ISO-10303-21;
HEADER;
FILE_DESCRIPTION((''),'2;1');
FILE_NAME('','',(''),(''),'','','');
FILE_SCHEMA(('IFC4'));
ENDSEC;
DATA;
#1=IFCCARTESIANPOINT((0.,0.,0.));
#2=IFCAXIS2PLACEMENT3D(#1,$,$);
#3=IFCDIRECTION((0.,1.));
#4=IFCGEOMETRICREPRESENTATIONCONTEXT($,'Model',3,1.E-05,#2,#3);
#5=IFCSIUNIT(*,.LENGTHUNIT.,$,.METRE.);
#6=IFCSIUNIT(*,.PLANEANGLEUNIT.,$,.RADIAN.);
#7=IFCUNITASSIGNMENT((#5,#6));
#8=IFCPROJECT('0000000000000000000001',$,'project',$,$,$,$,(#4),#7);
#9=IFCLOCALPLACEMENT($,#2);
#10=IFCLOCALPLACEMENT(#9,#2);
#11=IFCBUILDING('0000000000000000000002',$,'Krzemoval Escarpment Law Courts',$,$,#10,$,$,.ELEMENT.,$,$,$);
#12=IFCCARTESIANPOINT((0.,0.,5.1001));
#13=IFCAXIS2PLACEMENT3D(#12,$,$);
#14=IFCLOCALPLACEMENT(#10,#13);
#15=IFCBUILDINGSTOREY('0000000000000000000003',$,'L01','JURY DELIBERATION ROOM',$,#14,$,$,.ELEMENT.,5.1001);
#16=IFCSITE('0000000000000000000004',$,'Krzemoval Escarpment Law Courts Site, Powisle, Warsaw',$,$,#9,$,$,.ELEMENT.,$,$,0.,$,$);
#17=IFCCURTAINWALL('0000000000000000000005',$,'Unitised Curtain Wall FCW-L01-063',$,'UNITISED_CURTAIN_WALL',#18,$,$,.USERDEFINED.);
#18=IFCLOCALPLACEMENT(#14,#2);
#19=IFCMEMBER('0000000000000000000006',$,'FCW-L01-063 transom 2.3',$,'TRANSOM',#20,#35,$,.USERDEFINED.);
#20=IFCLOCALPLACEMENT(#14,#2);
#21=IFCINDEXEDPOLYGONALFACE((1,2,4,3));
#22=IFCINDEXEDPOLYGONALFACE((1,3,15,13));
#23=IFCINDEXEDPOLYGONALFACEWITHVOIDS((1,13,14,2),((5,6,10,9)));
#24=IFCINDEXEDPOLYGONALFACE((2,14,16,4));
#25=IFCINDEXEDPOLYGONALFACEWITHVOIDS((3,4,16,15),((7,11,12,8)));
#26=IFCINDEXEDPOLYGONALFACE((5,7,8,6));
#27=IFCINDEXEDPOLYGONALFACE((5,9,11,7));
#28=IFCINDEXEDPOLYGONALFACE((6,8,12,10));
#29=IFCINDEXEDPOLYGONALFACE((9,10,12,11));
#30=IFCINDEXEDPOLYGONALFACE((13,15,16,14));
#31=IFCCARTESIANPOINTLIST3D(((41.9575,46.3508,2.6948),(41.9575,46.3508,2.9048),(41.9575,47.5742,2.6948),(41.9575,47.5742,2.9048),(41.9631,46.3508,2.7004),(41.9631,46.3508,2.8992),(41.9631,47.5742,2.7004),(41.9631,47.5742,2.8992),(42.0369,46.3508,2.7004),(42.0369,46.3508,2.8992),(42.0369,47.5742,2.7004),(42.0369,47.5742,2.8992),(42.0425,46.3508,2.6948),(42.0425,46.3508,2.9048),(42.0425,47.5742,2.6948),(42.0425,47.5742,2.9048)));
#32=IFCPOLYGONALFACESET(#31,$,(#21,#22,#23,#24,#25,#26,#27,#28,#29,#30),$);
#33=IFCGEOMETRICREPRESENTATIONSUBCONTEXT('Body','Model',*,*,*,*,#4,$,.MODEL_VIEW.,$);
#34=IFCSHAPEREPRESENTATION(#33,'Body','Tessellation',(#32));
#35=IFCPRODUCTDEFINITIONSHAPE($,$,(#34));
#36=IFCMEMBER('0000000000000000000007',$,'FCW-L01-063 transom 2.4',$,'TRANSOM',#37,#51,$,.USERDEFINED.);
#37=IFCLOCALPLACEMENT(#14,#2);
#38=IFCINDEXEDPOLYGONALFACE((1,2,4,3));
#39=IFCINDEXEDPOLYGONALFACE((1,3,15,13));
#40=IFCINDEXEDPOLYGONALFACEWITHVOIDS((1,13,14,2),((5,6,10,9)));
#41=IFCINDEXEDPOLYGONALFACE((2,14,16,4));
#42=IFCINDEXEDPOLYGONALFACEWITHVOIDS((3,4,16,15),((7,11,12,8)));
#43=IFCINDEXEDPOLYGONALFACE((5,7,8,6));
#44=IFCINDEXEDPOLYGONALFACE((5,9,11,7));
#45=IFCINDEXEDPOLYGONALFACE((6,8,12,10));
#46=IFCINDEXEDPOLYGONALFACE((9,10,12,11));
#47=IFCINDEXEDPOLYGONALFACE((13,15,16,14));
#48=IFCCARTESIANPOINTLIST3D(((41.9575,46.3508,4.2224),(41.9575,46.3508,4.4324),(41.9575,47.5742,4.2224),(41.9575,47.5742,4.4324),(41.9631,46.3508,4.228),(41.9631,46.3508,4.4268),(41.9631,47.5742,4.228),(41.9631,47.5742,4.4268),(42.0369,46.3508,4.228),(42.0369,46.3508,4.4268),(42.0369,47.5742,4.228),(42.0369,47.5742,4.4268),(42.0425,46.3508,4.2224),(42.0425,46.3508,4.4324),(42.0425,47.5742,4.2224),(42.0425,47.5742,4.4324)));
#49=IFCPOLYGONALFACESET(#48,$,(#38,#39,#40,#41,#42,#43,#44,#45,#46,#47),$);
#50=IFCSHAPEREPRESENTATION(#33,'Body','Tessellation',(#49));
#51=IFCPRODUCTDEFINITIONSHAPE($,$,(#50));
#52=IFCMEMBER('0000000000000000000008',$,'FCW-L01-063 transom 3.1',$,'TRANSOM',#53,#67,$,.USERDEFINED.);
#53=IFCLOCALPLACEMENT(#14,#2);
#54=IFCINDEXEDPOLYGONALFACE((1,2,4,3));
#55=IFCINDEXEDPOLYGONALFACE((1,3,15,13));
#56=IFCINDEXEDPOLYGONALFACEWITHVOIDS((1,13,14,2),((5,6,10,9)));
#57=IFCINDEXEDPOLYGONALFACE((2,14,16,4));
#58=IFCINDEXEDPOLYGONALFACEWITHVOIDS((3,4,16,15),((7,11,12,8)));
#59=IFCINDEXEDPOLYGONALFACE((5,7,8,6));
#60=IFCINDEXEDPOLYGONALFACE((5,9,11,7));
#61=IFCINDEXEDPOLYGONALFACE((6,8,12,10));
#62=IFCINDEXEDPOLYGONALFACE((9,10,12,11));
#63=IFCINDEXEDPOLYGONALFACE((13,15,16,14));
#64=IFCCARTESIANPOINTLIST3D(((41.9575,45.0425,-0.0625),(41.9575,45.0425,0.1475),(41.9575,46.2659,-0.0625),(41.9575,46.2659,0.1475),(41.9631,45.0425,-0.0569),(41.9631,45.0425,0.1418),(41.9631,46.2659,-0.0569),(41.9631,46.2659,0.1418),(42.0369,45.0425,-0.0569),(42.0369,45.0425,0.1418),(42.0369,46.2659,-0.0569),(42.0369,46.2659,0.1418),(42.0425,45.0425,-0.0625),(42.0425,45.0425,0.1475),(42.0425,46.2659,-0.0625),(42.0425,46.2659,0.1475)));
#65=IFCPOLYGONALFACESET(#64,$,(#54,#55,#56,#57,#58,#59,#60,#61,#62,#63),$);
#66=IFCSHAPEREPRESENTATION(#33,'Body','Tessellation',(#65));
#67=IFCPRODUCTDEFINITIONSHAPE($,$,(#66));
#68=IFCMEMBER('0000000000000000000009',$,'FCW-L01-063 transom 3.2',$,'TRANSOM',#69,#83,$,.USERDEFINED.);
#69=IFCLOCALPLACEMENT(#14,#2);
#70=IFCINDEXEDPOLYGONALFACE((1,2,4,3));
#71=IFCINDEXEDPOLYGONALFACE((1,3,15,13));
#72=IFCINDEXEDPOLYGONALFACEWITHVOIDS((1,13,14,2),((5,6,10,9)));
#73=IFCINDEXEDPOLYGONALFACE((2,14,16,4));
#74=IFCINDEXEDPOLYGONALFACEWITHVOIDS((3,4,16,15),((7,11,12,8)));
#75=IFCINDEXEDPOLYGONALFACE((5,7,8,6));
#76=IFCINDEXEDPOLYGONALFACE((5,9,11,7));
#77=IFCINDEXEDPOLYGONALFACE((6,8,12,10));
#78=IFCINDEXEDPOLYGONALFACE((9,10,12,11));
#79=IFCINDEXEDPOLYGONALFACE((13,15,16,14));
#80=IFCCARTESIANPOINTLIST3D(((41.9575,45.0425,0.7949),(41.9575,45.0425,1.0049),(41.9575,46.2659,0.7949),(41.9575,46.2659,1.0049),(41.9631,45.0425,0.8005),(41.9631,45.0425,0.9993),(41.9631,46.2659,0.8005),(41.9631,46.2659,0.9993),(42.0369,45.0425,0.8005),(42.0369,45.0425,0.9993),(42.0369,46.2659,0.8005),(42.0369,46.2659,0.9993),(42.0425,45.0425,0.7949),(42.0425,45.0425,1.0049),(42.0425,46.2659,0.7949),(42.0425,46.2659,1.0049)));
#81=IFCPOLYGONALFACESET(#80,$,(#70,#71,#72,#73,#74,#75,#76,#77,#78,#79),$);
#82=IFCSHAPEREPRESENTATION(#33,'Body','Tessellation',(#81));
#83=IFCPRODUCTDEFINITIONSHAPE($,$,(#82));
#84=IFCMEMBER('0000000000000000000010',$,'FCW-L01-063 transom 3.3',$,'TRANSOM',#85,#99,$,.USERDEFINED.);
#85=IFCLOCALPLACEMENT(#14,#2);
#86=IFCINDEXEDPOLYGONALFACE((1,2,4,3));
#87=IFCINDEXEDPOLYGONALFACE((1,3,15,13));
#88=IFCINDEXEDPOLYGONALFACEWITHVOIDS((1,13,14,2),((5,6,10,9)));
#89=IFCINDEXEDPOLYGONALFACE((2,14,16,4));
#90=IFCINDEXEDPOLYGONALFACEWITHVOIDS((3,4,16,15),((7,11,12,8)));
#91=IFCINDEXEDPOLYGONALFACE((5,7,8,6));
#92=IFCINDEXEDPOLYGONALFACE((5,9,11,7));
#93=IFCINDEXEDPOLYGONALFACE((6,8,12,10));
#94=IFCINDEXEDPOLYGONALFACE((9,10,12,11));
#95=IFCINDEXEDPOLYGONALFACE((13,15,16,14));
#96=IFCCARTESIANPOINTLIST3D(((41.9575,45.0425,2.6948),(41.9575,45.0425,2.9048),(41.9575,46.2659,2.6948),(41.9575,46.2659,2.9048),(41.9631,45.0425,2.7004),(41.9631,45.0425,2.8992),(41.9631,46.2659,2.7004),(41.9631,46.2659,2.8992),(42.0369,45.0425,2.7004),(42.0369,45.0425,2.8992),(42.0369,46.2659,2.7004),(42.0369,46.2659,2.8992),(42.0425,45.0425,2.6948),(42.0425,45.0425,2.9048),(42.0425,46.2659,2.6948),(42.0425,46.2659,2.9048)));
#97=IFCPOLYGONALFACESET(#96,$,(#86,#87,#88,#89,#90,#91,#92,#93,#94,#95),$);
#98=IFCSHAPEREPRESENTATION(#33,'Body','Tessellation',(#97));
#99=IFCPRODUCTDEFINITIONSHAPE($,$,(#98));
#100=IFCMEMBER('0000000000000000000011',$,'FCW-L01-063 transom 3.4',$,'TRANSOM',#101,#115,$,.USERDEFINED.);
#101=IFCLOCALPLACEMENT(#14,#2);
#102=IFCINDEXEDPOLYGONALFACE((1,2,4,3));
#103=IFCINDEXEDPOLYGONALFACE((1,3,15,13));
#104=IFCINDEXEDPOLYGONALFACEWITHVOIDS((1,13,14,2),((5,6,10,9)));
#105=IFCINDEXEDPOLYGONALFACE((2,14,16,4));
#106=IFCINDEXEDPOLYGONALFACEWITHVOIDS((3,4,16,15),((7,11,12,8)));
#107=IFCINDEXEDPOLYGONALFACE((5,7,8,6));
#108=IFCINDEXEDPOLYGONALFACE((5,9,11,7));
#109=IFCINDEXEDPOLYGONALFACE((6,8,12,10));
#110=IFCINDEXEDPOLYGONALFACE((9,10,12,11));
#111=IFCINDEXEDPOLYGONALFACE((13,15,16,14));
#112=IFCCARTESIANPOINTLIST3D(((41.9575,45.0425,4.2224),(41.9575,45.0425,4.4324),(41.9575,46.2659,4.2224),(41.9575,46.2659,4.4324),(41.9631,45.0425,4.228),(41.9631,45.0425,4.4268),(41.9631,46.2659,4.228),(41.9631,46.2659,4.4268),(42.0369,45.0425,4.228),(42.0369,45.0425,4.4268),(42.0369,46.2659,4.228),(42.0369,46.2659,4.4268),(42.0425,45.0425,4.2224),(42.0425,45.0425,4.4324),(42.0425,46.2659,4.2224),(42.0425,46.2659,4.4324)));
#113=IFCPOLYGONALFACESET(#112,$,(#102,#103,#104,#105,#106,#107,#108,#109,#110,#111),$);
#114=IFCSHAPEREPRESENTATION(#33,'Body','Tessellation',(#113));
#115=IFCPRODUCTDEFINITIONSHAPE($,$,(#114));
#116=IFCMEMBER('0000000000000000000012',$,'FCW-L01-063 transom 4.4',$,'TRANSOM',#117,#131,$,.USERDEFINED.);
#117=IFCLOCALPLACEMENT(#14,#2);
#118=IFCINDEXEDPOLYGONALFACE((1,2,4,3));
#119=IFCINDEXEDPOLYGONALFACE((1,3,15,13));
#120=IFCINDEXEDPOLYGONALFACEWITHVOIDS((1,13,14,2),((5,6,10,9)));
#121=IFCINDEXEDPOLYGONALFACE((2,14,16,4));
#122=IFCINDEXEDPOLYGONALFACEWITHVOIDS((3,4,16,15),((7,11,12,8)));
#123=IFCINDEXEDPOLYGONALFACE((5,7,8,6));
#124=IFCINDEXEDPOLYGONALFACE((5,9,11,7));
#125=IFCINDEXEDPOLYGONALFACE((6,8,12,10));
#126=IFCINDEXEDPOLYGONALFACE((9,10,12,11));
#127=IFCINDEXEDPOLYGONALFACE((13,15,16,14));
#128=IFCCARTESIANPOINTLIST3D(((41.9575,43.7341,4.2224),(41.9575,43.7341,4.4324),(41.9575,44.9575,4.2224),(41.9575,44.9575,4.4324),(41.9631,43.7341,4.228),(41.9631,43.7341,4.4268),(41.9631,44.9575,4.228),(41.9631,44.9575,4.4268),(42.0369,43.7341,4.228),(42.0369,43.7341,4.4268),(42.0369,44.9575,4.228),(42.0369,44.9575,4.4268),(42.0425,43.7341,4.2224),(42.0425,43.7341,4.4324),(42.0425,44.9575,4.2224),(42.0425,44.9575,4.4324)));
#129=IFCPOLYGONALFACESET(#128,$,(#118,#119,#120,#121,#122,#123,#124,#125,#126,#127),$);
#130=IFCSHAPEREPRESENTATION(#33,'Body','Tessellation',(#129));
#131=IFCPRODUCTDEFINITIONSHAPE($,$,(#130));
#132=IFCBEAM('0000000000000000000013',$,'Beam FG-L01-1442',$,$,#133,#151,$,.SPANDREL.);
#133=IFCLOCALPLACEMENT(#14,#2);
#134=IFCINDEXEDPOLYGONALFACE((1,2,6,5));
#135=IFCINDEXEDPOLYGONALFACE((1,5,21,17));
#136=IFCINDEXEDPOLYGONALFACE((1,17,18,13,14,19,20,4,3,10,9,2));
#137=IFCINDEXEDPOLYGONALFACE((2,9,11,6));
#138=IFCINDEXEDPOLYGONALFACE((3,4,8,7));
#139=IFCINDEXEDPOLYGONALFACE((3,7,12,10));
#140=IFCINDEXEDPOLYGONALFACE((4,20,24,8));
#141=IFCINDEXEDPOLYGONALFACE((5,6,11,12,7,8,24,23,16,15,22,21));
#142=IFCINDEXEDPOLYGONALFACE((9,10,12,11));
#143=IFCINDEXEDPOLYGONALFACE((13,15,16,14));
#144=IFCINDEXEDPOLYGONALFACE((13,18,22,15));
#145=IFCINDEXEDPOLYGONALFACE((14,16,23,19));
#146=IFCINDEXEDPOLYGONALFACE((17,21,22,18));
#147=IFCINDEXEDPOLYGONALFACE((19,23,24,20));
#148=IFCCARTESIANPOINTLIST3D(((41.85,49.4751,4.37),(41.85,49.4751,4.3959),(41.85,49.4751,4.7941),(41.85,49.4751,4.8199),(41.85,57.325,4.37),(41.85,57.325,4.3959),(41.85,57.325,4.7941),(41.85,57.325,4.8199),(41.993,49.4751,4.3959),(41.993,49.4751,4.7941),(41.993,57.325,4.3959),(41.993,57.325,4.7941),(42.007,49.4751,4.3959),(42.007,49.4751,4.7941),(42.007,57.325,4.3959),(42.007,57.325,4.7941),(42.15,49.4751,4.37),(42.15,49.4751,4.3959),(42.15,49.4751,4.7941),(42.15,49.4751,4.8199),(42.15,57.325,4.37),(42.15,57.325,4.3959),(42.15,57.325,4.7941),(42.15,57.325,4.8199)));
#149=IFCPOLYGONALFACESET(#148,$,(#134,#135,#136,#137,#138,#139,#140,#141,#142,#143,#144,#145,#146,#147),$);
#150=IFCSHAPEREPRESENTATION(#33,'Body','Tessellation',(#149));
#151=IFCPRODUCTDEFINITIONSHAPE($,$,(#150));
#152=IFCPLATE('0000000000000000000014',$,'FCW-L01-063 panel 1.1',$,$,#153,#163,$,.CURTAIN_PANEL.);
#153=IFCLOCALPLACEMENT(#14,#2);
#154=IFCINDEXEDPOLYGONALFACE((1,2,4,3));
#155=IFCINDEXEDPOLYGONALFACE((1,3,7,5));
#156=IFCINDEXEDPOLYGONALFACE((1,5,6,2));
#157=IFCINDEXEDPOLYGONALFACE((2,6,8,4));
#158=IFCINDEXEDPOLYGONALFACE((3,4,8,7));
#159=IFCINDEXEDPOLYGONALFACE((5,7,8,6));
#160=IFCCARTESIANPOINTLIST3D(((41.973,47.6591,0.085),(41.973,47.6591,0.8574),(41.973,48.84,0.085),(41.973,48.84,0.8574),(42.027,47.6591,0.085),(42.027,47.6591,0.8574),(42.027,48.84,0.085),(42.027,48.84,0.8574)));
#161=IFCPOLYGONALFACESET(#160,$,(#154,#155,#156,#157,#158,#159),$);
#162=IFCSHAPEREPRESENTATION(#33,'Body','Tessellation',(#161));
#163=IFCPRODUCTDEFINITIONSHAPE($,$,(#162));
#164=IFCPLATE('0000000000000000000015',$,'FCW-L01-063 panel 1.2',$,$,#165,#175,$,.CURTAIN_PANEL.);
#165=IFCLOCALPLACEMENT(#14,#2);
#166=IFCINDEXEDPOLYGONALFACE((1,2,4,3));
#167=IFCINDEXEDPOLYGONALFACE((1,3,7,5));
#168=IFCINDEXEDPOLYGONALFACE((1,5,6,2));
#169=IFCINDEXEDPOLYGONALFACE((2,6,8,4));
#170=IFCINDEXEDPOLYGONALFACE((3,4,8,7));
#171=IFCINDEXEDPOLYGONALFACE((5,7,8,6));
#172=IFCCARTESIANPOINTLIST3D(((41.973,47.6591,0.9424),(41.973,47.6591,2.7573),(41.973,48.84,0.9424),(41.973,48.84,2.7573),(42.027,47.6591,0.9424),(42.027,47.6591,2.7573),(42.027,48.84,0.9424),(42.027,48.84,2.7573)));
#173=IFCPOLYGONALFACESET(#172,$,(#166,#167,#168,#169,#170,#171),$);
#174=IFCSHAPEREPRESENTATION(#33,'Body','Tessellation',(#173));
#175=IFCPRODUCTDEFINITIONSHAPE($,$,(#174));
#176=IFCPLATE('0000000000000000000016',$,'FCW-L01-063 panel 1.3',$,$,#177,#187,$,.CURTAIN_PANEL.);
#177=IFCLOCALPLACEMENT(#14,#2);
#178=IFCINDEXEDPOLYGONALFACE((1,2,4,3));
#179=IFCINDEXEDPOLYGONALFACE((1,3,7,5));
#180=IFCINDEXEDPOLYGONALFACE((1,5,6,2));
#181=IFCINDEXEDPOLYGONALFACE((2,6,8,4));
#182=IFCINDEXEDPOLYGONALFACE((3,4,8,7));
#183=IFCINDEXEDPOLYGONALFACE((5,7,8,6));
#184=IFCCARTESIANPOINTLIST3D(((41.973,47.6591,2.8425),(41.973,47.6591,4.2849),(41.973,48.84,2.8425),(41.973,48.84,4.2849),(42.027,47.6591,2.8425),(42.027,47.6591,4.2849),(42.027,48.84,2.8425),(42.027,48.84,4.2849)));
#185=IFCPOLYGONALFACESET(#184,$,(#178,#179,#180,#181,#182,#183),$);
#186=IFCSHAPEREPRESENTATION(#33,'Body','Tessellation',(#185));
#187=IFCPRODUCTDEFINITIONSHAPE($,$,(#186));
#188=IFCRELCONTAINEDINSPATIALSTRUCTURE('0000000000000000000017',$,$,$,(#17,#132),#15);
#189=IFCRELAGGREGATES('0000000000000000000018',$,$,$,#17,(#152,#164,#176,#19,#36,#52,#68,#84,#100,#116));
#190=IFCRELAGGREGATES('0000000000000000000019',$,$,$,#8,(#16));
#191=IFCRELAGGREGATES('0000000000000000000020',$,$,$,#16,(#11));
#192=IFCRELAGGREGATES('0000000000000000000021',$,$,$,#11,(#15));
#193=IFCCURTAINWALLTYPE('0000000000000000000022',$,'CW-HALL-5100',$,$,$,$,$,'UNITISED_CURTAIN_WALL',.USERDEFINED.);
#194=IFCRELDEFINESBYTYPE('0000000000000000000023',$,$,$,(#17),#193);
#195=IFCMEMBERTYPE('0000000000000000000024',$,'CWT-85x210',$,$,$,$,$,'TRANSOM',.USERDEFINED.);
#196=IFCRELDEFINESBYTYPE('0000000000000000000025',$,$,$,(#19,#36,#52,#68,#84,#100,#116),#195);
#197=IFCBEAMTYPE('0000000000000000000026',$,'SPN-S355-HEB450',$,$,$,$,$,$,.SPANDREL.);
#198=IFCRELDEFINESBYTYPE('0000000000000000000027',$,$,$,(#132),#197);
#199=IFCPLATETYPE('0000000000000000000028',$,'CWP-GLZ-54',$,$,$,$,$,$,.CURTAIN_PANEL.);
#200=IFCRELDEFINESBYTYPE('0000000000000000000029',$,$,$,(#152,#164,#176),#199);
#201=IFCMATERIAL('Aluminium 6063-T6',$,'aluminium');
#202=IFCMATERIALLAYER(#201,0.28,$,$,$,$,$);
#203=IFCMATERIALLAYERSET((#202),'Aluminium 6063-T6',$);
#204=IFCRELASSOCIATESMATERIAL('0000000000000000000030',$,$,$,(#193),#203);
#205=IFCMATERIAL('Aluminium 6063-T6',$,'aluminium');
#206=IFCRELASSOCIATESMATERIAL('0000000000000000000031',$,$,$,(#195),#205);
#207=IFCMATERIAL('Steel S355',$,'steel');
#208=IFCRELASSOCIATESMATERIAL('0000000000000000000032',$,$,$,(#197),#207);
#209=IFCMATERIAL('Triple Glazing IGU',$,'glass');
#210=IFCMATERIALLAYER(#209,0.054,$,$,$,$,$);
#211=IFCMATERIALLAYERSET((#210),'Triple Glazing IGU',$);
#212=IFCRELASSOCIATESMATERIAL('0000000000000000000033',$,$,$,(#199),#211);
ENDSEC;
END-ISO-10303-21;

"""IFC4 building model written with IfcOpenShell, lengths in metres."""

from ifc_helpers import new_model, si_unit, direction, frame, origin, origin_2d, place, context, subcontext, project, spatial, rectangle, hollow_rectangle, i_section, extrude, material, layer, layer_set, material_profile, profile_set, type_object, element, aggregate, save


model = new_model("IFC4")

# Units and contexts
model_context = context("Model", 3, precision=1e-05, world=origin(), true_north=direction((0.0, 1.0)))
body_context = subcontext(model_context, "Body", "Model", "MODEL_VIEW")
ifc_project = project(units=[si_unit("LENGTHUNIT", "METRE"), si_unit("PLANEANGLEUNIT", "RADIAN")], contexts=[model_context])

# Site, building, storey
site_placement = place(None, origin())
site = spatial("IfcSite", under=ifc_project, at=site_placement, Name="Krzemoval Escarpment Law Courts Site, Powisle, Warsaw", CompositionType="ELEMENT", RefElevation=0.0)
building_placement = place(site_placement, origin())
building = spatial("IfcBuilding", under=site, at=building_placement, Name="Krzemoval Escarpment Law Courts", CompositionType="ELEMENT")
storey_placement = place(building_placement, frame((0.0, 0.0, 5.1001)))
storey = spatial("IfcBuildingStorey", under=building, at=storey_placement, Name="L01", Description="JURY DELIBERATION ROOM", CompositionType="ELEMENT", Elevation=5.1001)

# Curtain wall, members
ifc_material_1 = material(Name="Aluminium 6063-T6", Category="aluminium")
ifc_layer_1 = layer(ifc_material_1, 0.28)
ifc_layer_set_1 = layer_set([ifc_layer_1], Name="Aluminium 6063-T6")
curtain_wall_type = type_object("IfcCurtainWallType", Name="CW-HALL-5100", ElementType="UNITISED_CURTAIN_WALL", PredefinedType="USERDEFINED", material=ifc_layer_set_1)
curtain_wall_placement = place(storey_placement, origin())
curtain_wall = element("IfcCurtainWall", 1, at=curtain_wall_placement, inside=storey, type_object=curtain_wall_type, Name="Unitised Curtain Wall FCW-L01-063", ObjectType="UNITISED_CURTAIN_WALL", PredefinedType="USERDEFINED")
ifc_material_2 = material(Name="Aluminium 6063-T6", Category="aluminium")
ifc_material_profile_1 = material_profile(ifc_material_2, hollow_rectangle(XDim=0.085, YDim=0.21, WallThickness=0.0056, at=origin_2d()), Name="ALU T85x210")
ifc_profile_set_1 = profile_set([ifc_material_profile_1], Name="Aluminium 6063-T6")
member_type_1 = type_object("IfcMemberType", Name="CWT-85x210", ElementType="TRANSOM", PredefinedType="USERDEFINED", material=ifc_profile_set_1)
member_1_placement = place(storey_placement, frame((42.0, 47.5742, 2.7998), z_axis=(0.0, -1.0, 0.0), x_axis=(1.0, 0.0, 0.0)))
member_1 = element("IfcMember", 2, at=member_1_placement, type_object=member_type_1, Name="FCW-L01-063 transom 2.3", ObjectType="TRANSOM", PredefinedType="USERDEFINED", context=body_context, shape_type="SweptSolid", body=[
    extrude(hollow_rectangle(XDim=0.085, YDim=0.21, WallThickness=0.0056, at=origin_2d()), origin(), (0.0, 0.0, 1.0), 1.2234),
])
member_2_placement = place(storey_placement, frame((42.0, 47.5742, 4.3274), z_axis=(0.0, -1.0, 0.0), x_axis=(1.0, 0.0, 0.0)))
member_2 = element("IfcMember", 3, at=member_2_placement, type_object=member_type_1, Name="FCW-L01-063 transom 2.4", ObjectType="TRANSOM", PredefinedType="USERDEFINED", context=body_context, shape_type="SweptSolid", body=[
    extrude(hollow_rectangle(XDim=0.085, YDim=0.21, WallThickness=0.0056, at=origin_2d()), origin(), (0.0, 0.0, 1.0), 1.2234),
])
member_3_placement = place(storey_placement, frame((42.0, 46.2659, 0.0425), z_axis=(0.0, -1.0, 0.0), x_axis=(1.0, 0.0, 0.0)))
member_3 = element("IfcMember", 4, at=member_3_placement, type_object=member_type_1, Name="FCW-L01-063 transom 3.1", ObjectType="TRANSOM", PredefinedType="USERDEFINED", context=body_context, shape_type="SweptSolid", body=[
    extrude(hollow_rectangle(XDim=0.085, YDim=0.21, WallThickness=0.0056, at=origin_2d()), origin(), (0.0, 0.0, 1.0), 1.2234),
])
member_4_placement = place(storey_placement, frame((42.0, 46.2659, 0.8999), z_axis=(0.0, -1.0, 0.0), x_axis=(1.0, 0.0, 0.0)))
member_4 = element("IfcMember", 5, at=member_4_placement, type_object=member_type_1, Name="FCW-L01-063 transom 3.2", ObjectType="TRANSOM", PredefinedType="USERDEFINED", context=body_context, shape_type="SweptSolid", body=[
    extrude(hollow_rectangle(XDim=0.085, YDim=0.21, WallThickness=0.0056, at=origin_2d()), origin(), (0.0, 0.0, 1.0), 1.2234),
])
member_5_placement = place(storey_placement, frame((42.0, 46.2659, 2.7998), z_axis=(0.0, -1.0, 0.0), x_axis=(1.0, 0.0, 0.0)))
member_5 = element("IfcMember", 6, at=member_5_placement, type_object=member_type_1, Name="FCW-L01-063 transom 3.3", ObjectType="TRANSOM", PredefinedType="USERDEFINED", context=body_context, shape_type="SweptSolid", body=[
    extrude(hollow_rectangle(XDim=0.085, YDim=0.21, WallThickness=0.0056, at=origin_2d()), origin(), (0.0, 0.0, 1.0), 1.2234),
])
member_6_placement = place(storey_placement, frame((42.0, 46.2659, 4.3274), z_axis=(0.0, -1.0, 0.0), x_axis=(1.0, 0.0, 0.0)))
member_6 = element("IfcMember", 7, at=member_6_placement, type_object=member_type_1, Name="FCW-L01-063 transom 3.4", ObjectType="TRANSOM", PredefinedType="USERDEFINED", context=body_context, shape_type="SweptSolid", body=[
    extrude(hollow_rectangle(XDim=0.085, YDim=0.21, WallThickness=0.0056, at=origin_2d()), origin(), (0.0, 0.0, 1.0), 1.2234),
])
member_7_placement = place(storey_placement, frame((42.0, 44.9575, 4.3274), z_axis=(0.0, -1.0, 0.0), x_axis=(1.0, 0.0, 0.0)))
member_7 = element("IfcMember", 8, at=member_7_placement, type_object=member_type_1, Name="FCW-L01-063 transom 4.4", ObjectType="TRANSOM", PredefinedType="USERDEFINED", context=body_context, shape_type="SweptSolid", body=[
    extrude(hollow_rectangle(XDim=0.085, YDim=0.21, WallThickness=0.0056, at=origin_2d()), origin(), (0.0, 0.0, 1.0), 1.2234),
])

# Beam
ifc_material_3 = material(Name="Steel S355", Category="steel")
ifc_material_profile_2 = material_profile(ifc_material_3, i_section(OverallWidth=0.3, OverallDepth=0.45, WebThickness=0.0139, FlangeThickness=0.0259, at=origin_2d()), Name="HEB 450")
ifc_profile_set_2 = profile_set([ifc_material_profile_2], Name="Steel S355")
beam_type = type_object("IfcBeamType", Name="SPN-S355-HEB450", PredefinedType="SPANDREL", material=ifc_profile_set_2)
beam_placement = place(storey_placement, frame((42.0, 49.4751, 4.595), z_axis=(0.0, 1.0, 0.0), x_axis=(-1.0, 0.0, 0.0)))
element("IfcBeam", 9, at=beam_placement, inside=storey, type_object=beam_type, Name="Beam FG-L01-1442", PredefinedType="SPANDREL", context=body_context, shape_type="SweptSolid", body=[
    extrude(i_section(OverallWidth=0.3, OverallDepth=0.45, WebThickness=0.0139, FlangeThickness=0.0259, at=origin_2d()), origin(), (0.0, 0.0, 1.0), 7.8499),
])

# Plates
ifc_material_4 = material(Name="Triple Glazing IGU", Category="glass")
ifc_layer_2 = layer(ifc_material_4, 0.054)
ifc_layer_set_2 = layer_set([ifc_layer_2], Name="Triple Glazing IGU")
plate_type = type_object("IfcPlateType", Name="CWP-GLZ-54", PredefinedType="CURTAIN_PANEL", material=ifc_layer_set_2)
plate_1_placement = place(storey_placement, frame((42.0, 48.2495, 0.085), z_axis=(0.0, 0.0, 1.0), x_axis=(0.0, -1.0, 0.0)))
plate_1 = element("IfcPlate", 10, at=plate_1_placement, type_object=plate_type, Name="FCW-L01-063 panel 1.1", PredefinedType="CURTAIN_PANEL", context=body_context, shape_type="SweptSolid", body=[
    extrude(rectangle(XDim=1.1809, YDim=0.054, at=origin_2d()), origin(), (0.0, 0.0, 1.0), 0.7725),
])
plate_2_placement = place(storey_placement, frame((42.0, 48.2495, 0.9424), z_axis=(0.0, 0.0, 1.0), x_axis=(0.0, -1.0, 0.0)))
plate_2 = element("IfcPlate", 11, at=plate_2_placement, type_object=plate_type, Name="FCW-L01-063 panel 1.2", PredefinedType="CURTAIN_PANEL", context=body_context, shape_type="SweptSolid", body=[
    extrude(rectangle(XDim=1.1809, YDim=0.054, at=origin_2d()), origin(), (0.0, 0.0, 1.0), 1.8149),
])
plate_3_placement = place(storey_placement, frame((42.0, 48.2495, 2.8425), z_axis=(0.0, 0.0, 1.0), x_axis=(0.0, -1.0, 0.0)))
plate_3 = element("IfcPlate", 12, at=plate_3_placement, type_object=plate_type, Name="FCW-L01-063 panel 1.3", PredefinedType="CURTAIN_PANEL", context=body_context, shape_type="SweptSolid", body=[
    extrude(rectangle(XDim=1.1809, YDim=0.054, at=origin_2d()), origin(), (0.0, 0.0, 1.0), 1.4424),
])
aggregate(curtain_wall, [plate_1, plate_2, plate_3, member_1, member_2, member_3, member_4, member_5, member_6, member_7])

save(model, "model.ifc")
